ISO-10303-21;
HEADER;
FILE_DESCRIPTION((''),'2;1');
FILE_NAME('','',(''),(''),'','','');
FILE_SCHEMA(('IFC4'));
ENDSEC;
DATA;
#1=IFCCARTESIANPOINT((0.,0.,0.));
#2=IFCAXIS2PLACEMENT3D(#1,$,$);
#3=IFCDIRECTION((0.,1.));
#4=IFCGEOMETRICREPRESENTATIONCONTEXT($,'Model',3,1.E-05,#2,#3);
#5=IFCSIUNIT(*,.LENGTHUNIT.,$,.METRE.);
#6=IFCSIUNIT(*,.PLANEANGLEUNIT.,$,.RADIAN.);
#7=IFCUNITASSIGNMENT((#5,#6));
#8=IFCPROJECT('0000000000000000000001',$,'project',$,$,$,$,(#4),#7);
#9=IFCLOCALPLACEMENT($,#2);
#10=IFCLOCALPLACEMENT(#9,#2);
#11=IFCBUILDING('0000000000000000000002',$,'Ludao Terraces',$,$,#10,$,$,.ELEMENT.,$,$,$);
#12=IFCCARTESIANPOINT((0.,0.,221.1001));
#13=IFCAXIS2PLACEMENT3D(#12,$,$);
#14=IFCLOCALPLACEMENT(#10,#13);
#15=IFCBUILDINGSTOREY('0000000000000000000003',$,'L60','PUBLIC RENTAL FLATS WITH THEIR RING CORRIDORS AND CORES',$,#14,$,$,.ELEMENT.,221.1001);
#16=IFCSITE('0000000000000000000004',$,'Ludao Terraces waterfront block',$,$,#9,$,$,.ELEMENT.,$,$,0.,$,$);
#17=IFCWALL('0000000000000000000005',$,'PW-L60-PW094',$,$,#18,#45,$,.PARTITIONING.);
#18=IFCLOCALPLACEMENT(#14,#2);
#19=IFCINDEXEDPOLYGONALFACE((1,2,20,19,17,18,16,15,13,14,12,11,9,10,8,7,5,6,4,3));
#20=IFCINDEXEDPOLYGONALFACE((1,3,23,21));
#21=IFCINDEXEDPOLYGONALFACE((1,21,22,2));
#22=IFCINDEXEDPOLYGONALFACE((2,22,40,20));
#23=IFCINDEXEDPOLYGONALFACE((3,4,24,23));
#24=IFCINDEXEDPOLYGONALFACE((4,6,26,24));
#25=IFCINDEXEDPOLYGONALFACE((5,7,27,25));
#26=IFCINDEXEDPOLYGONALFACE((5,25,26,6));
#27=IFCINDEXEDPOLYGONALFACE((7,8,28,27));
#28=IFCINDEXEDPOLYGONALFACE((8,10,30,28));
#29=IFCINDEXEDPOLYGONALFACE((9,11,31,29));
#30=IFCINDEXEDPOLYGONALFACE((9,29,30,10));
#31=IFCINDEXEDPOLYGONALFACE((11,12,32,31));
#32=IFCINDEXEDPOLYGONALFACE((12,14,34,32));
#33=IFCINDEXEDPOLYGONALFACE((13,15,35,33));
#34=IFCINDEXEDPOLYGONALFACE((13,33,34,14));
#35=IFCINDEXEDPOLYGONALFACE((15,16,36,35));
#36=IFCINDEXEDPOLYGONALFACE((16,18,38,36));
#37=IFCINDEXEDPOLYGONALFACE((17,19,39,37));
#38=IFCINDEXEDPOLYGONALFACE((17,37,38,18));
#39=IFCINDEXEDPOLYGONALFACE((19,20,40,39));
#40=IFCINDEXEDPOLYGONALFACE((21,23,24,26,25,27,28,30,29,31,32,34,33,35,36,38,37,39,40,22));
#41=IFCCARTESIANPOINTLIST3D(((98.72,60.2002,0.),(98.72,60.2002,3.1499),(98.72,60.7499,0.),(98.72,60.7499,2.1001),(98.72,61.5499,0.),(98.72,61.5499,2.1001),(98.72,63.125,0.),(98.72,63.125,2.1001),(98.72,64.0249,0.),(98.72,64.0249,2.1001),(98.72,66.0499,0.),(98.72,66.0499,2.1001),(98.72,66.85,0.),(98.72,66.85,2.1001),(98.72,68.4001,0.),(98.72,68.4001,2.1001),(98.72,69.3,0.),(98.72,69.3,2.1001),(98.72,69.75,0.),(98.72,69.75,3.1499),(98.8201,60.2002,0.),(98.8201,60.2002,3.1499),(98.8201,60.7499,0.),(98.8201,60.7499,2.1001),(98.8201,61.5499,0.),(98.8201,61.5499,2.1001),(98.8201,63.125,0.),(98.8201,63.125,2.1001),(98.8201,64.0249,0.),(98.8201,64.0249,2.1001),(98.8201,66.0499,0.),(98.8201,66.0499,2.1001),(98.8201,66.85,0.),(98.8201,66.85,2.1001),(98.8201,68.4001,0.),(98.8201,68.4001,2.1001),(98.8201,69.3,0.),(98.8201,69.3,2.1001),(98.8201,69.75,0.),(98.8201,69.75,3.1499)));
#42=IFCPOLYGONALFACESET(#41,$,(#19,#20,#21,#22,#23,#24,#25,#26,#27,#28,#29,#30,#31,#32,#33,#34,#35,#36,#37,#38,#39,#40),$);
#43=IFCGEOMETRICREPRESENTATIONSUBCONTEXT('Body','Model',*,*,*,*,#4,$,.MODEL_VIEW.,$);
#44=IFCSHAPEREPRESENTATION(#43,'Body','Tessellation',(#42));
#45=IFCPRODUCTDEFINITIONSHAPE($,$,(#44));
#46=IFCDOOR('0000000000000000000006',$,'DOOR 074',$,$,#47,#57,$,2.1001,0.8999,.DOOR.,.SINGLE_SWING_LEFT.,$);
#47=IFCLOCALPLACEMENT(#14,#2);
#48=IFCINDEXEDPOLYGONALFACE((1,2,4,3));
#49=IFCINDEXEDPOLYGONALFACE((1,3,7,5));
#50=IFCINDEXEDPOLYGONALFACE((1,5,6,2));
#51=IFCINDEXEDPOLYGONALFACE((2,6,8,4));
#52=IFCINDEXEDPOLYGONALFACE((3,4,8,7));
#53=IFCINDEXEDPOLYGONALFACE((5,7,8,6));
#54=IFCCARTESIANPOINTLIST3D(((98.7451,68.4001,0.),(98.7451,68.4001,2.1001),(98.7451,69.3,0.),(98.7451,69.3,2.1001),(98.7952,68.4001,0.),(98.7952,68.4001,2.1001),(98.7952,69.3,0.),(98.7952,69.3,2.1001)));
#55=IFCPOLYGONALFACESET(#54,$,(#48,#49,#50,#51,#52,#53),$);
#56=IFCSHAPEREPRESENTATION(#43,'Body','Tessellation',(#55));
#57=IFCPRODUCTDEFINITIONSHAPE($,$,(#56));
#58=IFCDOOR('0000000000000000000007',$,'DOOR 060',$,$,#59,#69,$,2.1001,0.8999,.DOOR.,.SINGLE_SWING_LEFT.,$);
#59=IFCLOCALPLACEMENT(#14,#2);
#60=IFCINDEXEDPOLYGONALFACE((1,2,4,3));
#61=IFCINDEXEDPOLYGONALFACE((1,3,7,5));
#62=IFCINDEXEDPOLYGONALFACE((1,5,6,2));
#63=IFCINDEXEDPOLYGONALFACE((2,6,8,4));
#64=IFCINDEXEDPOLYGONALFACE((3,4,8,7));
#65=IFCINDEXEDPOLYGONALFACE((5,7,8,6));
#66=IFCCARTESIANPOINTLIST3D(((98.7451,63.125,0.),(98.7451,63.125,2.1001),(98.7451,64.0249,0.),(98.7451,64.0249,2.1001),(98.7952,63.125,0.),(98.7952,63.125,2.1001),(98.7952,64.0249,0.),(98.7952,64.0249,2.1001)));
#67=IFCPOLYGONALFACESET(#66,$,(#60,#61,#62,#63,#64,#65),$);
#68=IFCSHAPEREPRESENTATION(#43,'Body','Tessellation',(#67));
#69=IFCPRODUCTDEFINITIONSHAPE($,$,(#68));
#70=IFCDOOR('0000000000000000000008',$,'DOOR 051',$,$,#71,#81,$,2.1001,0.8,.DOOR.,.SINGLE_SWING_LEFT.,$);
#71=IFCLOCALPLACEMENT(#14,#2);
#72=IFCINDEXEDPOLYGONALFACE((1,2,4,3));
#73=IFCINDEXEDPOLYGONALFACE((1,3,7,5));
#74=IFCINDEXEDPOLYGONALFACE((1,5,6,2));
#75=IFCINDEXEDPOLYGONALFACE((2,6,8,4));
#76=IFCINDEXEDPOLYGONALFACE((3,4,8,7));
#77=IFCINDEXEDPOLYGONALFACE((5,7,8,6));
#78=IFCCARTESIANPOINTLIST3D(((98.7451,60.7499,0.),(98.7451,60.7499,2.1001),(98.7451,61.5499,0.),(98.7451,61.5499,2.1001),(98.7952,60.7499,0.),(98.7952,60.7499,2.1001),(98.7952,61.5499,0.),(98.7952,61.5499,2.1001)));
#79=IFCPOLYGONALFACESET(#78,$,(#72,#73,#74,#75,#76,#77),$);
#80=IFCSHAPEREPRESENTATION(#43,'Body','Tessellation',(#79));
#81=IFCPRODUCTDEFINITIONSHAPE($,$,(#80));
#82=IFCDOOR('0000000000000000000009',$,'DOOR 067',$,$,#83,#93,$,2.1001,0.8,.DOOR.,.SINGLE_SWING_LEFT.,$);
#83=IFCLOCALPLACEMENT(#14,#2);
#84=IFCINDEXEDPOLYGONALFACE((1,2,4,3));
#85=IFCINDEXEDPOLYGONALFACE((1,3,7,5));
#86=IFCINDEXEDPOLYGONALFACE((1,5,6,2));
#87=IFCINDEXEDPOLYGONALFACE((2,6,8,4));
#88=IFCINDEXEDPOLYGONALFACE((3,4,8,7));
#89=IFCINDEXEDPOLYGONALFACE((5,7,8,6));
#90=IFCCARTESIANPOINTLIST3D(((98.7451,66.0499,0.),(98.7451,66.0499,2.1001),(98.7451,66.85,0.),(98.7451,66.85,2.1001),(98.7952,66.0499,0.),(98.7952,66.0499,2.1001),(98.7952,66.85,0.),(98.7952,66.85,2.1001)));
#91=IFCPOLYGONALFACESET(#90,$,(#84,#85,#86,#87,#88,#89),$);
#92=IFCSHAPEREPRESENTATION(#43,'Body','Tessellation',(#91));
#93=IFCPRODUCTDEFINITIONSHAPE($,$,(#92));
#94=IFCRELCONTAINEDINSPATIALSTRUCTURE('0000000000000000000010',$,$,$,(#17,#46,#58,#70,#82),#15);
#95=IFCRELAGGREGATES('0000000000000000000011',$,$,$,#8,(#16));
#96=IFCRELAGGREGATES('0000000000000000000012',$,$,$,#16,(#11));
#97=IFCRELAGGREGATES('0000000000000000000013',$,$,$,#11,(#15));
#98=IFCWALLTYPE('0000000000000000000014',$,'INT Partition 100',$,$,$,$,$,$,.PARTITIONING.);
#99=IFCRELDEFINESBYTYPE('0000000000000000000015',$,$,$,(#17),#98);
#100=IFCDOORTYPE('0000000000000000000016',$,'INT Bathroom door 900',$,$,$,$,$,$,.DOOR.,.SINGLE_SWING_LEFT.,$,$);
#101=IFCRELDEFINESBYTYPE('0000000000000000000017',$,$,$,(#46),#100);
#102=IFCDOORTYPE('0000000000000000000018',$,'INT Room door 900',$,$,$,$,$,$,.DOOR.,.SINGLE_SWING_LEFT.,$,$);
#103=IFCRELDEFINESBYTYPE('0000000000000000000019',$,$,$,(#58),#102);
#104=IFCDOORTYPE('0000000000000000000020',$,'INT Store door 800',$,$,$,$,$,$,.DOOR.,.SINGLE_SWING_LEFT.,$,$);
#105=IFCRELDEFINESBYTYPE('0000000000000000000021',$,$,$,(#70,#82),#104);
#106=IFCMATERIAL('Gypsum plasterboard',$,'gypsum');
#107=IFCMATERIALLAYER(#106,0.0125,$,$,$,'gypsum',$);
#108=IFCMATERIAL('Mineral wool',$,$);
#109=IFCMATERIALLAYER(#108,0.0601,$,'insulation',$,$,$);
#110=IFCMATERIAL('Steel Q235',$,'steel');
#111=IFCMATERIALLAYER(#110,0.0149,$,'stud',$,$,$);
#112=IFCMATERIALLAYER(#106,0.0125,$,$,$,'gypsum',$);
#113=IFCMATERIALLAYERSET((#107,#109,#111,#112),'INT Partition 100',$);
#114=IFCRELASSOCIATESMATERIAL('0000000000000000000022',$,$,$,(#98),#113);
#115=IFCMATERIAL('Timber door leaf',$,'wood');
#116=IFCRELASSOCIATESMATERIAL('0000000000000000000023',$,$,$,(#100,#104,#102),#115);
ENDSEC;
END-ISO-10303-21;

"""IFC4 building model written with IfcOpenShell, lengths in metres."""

from ifc_helpers import new_model, si_unit, direction, frame, frame_2d, origin, place, context, subcontext, project, spatial, rectangle, extrude, material, layer, layer_set, type_object, element, fill, save


model = new_model("IFC4")

# Units and contexts
model_context = context("Model", 3, precision=1e-05, world=origin(), true_north=direction((0.0, 1.0)))
body_context = subcontext(model_context, "Body", "Model", "MODEL_VIEW")
ifc_project = project(units=[si_unit("LENGTHUNIT", "METRE"), si_unit("PLANEANGLEUNIT", "RADIAN")], contexts=[model_context])

# Site, building, storey
site_placement = place(None, origin())
site = spatial("IfcSite", under=ifc_project, at=site_placement, Name="Ludao Terraces waterfront block", CompositionType="ELEMENT", RefElevation=0.0)
building_placement = place(site_placement, origin())
building = spatial("IfcBuilding", under=site, at=building_placement, Name="Ludao Terraces", CompositionType="ELEMENT")
storey_placement = place(building_placement, frame((0.0, 0.0, 221.1001)))
storey = spatial("IfcBuildingStorey", under=building, at=storey_placement, Name="L60", Description="PUBLIC RENTAL FLATS WITH THEIR RING CORRIDORS AND CORES", CompositionType="ELEMENT", Elevation=221.1001)

# Shared definitions
ifc_material_1 = material(Name="Mineral wool")

# Shared definitions
ifc_material_2 = material(Name="Gypsum plasterboard", Category="gypsum")
ifc_layer_1 = layer(ifc_material_2, 0.0125, Category="gypsum")
ifc_layer_2 = layer(ifc_material_1, 0.0601, Name="insulation")
ifc_material_3 = material(Name="Steel Q235", Category="steel")
ifc_layer_3 = layer(ifc_material_3, 0.0149, Name="stud")
ifc_layer_4 = layer(ifc_material_2, 0.0125, Category="gypsum")
ifc_layer_set_1 = layer_set([ifc_layer_1, ifc_layer_2, ifc_layer_3, ifc_layer_4], Name="INT Partition 100")
wall_type_1 = type_object("IfcWallType", Name="INT Partition 100", PredefinedType="PARTITIONING", material=ifc_layer_set_1)

# Wall, openings, doors
ifc_material_4 = material(Name="Timber door leaf", Category="wood")
door_type_1 = type_object("IfcDoorType", Name="INT Bathroom door 900", OperationType="SINGLE_SWING_LEFT", PredefinedType="DOOR", material=ifc_material_4)
door_type_2 = type_object("IfcDoorType", Name="INT Store door 800", OperationType="SINGLE_SWING_LEFT", PredefinedType="DOOR", material=ifc_material_4)
wall_1_placement = place(storey_placement, frame((98.77, 60.2002, 0.0), z_axis=(0.0, 0.0, 1.0), x_axis=(0.0, 1.0, 0.0)))
wall_1 = element("IfcWall", 1, at=wall_1_placement, inside=storey, type_object=wall_type_1, Name="PW-L60-PW094", PredefinedType="PARTITIONING", context=body_context, shape_type="SweptSolid", body=[
    extrude(rectangle(XDim=9.5498, YDim=0.1001, at=frame_2d((4.7749, 0.0))), origin(), (0.0, 0.0, 1.0), 3.1499),
])
opening_1_placement = place(wall_1_placement, frame((0.5498, 0.0, 0.0)))
opening_1 = element("IfcOpeningElement", 2, at=opening_1_placement, cuts=wall_1, PredefinedType="OPENING", context=body_context, shape_type="SweptSolid", body=[
    extrude(rectangle(XDim=0.8, YDim=2.1001, at=frame_2d((0.3999, 1.05))), frame((0.0, 0.0601, 0.0), z_axis=(0.0, -1.0, 0.0), x_axis=(1.0, 0.0, 0.0)), (0.0, 0.0, 1.0), 0.1201),
])
opening_2_placement = place(wall_1_placement, frame((2.9248, 0.0, 0.0)))
opening_2 = element("IfcOpeningElement", 3, at=opening_2_placement, cuts=wall_1, PredefinedType="OPENING", context=body_context, shape_type="SweptSolid", body=[
    extrude(rectangle(XDim=0.8999, YDim=2.1001, at=frame_2d((0.45, 1.05))), frame((0.0, 0.0601, 0.0), z_axis=(0.0, -1.0, 0.0), x_axis=(1.0, 0.0, 0.0)), (0.0, 0.0, 1.0), 0.1201),
])
opening_3_placement = place(wall_1_placement, frame((5.8499, 0.0, 0.0)))
opening_3 = element("IfcOpeningElement", 4, at=opening_3_placement, cuts=wall_1, PredefinedType="OPENING", context=body_context, shape_type="SweptSolid", body=[
    extrude(rectangle(XDim=0.8, YDim=2.1001, at=frame_2d((0.3999, 1.05))), frame((0.0, 0.0601, 0.0), z_axis=(0.0, -1.0, 0.0), x_axis=(1.0, 0.0, 0.0)), (0.0, 0.0, 1.0), 0.1201),
])
opening_4_placement = place(wall_1_placement, frame((8.2, 0.0, 0.0)))
opening_4 = element("IfcOpeningElement", 5, at=opening_4_placement, cuts=wall_1, PredefinedType="OPENING", context=body_context, shape_type="SweptSolid", body=[
    extrude(rectangle(XDim=0.8999, YDim=2.1001, at=frame_2d((0.45, 1.05))), frame((0.0, 0.0601, 0.0), z_axis=(0.0, -1.0, 0.0), x_axis=(1.0, 0.0, 0.0)), (0.0, 0.0, 1.0), 0.1201),
])
door_1_placement = place(opening_4_placement, origin())
door_1 = element("IfcDoor", 6, at=door_1_placement, inside=storey, type_object=door_type_1, Name="DOOR 074", OperationType="SINGLE_SWING_LEFT", OverallHeight=2.1001, OverallWidth=0.8999, PredefinedType="DOOR", context=body_context, shape_type="SweptSolid", body=[
    extrude(rectangle(XDim=0.8999, YDim=2.1001, at=frame_2d((0.45, 1.05))), frame((0.0, 0.0249, 0.0), z_axis=(0.0, -1.0, 0.0), x_axis=(1.0, 0.0, 0.0)), (0.0, 0.0, 1.0), 0.05),
])
fill(opening_4, door_1)
door_type_3 = type_object("IfcDoorType", Name="INT Room door 900", OperationType="SINGLE_SWING_LEFT", PredefinedType="DOOR", material=ifc_material_4)
door_2_placement = place(opening_2_placement, origin())
door_2 = element("IfcDoor", 7, at=door_2_placement, inside=storey, type_object=door_type_3, Name="DOOR 060", OperationType="SINGLE_SWING_LEFT", OverallHeight=2.1001, OverallWidth=0.8999, PredefinedType="DOOR", context=body_context, shape_type="SweptSolid", body=[
    extrude(rectangle(XDim=0.8999, YDim=2.1001, at=frame_2d((0.45, 1.05))), frame((0.0, 0.0249, 0.0), z_axis=(0.0, -1.0, 0.0), x_axis=(1.0, 0.0, 0.0)), (0.0, 0.0, 1.0), 0.05),
])
fill(opening_2, door_2)
door_3_placement = place(opening_1_placement, origin())
door_3 = element("IfcDoor", 8, at=door_3_placement, inside=storey, type_object=door_type_2, Name="DOOR 051", OperationType="SINGLE_SWING_LEFT", OverallHeight=2.1001, OverallWidth=0.8, PredefinedType="DOOR", context=body_context, shape_type="SweptSolid", body=[
    extrude(rectangle(XDim=0.8, YDim=2.1001, at=frame_2d((0.3999, 1.05))), frame((0.0, 0.0249, 0.0), z_axis=(0.0, -1.0, 0.0), x_axis=(1.0, 0.0, 0.0)), (0.0, 0.0, 1.0), 0.05),
])
fill(opening_1, door_3)
door_4_placement = place(opening_3_placement, origin())
door_4 = element("IfcDoor", 9, at=door_4_placement, inside=storey, type_object=door_type_2, Name="DOOR 067", OperationType="SINGLE_SWING_LEFT", OverallHeight=2.1001, OverallWidth=0.8, PredefinedType="DOOR", context=body_context, shape_type="SweptSolid", body=[
    extrude(rectangle(XDim=0.8, YDim=2.1001, at=frame_2d((0.3999, 1.05))), frame((0.0, 0.0249, 0.0), z_axis=(0.0, -1.0, 0.0), x_axis=(1.0, 0.0, 0.0)), (0.0, 0.0, 1.0), 0.05),
])
fill(opening_3, door_4)

save(model, "model.ifc")
